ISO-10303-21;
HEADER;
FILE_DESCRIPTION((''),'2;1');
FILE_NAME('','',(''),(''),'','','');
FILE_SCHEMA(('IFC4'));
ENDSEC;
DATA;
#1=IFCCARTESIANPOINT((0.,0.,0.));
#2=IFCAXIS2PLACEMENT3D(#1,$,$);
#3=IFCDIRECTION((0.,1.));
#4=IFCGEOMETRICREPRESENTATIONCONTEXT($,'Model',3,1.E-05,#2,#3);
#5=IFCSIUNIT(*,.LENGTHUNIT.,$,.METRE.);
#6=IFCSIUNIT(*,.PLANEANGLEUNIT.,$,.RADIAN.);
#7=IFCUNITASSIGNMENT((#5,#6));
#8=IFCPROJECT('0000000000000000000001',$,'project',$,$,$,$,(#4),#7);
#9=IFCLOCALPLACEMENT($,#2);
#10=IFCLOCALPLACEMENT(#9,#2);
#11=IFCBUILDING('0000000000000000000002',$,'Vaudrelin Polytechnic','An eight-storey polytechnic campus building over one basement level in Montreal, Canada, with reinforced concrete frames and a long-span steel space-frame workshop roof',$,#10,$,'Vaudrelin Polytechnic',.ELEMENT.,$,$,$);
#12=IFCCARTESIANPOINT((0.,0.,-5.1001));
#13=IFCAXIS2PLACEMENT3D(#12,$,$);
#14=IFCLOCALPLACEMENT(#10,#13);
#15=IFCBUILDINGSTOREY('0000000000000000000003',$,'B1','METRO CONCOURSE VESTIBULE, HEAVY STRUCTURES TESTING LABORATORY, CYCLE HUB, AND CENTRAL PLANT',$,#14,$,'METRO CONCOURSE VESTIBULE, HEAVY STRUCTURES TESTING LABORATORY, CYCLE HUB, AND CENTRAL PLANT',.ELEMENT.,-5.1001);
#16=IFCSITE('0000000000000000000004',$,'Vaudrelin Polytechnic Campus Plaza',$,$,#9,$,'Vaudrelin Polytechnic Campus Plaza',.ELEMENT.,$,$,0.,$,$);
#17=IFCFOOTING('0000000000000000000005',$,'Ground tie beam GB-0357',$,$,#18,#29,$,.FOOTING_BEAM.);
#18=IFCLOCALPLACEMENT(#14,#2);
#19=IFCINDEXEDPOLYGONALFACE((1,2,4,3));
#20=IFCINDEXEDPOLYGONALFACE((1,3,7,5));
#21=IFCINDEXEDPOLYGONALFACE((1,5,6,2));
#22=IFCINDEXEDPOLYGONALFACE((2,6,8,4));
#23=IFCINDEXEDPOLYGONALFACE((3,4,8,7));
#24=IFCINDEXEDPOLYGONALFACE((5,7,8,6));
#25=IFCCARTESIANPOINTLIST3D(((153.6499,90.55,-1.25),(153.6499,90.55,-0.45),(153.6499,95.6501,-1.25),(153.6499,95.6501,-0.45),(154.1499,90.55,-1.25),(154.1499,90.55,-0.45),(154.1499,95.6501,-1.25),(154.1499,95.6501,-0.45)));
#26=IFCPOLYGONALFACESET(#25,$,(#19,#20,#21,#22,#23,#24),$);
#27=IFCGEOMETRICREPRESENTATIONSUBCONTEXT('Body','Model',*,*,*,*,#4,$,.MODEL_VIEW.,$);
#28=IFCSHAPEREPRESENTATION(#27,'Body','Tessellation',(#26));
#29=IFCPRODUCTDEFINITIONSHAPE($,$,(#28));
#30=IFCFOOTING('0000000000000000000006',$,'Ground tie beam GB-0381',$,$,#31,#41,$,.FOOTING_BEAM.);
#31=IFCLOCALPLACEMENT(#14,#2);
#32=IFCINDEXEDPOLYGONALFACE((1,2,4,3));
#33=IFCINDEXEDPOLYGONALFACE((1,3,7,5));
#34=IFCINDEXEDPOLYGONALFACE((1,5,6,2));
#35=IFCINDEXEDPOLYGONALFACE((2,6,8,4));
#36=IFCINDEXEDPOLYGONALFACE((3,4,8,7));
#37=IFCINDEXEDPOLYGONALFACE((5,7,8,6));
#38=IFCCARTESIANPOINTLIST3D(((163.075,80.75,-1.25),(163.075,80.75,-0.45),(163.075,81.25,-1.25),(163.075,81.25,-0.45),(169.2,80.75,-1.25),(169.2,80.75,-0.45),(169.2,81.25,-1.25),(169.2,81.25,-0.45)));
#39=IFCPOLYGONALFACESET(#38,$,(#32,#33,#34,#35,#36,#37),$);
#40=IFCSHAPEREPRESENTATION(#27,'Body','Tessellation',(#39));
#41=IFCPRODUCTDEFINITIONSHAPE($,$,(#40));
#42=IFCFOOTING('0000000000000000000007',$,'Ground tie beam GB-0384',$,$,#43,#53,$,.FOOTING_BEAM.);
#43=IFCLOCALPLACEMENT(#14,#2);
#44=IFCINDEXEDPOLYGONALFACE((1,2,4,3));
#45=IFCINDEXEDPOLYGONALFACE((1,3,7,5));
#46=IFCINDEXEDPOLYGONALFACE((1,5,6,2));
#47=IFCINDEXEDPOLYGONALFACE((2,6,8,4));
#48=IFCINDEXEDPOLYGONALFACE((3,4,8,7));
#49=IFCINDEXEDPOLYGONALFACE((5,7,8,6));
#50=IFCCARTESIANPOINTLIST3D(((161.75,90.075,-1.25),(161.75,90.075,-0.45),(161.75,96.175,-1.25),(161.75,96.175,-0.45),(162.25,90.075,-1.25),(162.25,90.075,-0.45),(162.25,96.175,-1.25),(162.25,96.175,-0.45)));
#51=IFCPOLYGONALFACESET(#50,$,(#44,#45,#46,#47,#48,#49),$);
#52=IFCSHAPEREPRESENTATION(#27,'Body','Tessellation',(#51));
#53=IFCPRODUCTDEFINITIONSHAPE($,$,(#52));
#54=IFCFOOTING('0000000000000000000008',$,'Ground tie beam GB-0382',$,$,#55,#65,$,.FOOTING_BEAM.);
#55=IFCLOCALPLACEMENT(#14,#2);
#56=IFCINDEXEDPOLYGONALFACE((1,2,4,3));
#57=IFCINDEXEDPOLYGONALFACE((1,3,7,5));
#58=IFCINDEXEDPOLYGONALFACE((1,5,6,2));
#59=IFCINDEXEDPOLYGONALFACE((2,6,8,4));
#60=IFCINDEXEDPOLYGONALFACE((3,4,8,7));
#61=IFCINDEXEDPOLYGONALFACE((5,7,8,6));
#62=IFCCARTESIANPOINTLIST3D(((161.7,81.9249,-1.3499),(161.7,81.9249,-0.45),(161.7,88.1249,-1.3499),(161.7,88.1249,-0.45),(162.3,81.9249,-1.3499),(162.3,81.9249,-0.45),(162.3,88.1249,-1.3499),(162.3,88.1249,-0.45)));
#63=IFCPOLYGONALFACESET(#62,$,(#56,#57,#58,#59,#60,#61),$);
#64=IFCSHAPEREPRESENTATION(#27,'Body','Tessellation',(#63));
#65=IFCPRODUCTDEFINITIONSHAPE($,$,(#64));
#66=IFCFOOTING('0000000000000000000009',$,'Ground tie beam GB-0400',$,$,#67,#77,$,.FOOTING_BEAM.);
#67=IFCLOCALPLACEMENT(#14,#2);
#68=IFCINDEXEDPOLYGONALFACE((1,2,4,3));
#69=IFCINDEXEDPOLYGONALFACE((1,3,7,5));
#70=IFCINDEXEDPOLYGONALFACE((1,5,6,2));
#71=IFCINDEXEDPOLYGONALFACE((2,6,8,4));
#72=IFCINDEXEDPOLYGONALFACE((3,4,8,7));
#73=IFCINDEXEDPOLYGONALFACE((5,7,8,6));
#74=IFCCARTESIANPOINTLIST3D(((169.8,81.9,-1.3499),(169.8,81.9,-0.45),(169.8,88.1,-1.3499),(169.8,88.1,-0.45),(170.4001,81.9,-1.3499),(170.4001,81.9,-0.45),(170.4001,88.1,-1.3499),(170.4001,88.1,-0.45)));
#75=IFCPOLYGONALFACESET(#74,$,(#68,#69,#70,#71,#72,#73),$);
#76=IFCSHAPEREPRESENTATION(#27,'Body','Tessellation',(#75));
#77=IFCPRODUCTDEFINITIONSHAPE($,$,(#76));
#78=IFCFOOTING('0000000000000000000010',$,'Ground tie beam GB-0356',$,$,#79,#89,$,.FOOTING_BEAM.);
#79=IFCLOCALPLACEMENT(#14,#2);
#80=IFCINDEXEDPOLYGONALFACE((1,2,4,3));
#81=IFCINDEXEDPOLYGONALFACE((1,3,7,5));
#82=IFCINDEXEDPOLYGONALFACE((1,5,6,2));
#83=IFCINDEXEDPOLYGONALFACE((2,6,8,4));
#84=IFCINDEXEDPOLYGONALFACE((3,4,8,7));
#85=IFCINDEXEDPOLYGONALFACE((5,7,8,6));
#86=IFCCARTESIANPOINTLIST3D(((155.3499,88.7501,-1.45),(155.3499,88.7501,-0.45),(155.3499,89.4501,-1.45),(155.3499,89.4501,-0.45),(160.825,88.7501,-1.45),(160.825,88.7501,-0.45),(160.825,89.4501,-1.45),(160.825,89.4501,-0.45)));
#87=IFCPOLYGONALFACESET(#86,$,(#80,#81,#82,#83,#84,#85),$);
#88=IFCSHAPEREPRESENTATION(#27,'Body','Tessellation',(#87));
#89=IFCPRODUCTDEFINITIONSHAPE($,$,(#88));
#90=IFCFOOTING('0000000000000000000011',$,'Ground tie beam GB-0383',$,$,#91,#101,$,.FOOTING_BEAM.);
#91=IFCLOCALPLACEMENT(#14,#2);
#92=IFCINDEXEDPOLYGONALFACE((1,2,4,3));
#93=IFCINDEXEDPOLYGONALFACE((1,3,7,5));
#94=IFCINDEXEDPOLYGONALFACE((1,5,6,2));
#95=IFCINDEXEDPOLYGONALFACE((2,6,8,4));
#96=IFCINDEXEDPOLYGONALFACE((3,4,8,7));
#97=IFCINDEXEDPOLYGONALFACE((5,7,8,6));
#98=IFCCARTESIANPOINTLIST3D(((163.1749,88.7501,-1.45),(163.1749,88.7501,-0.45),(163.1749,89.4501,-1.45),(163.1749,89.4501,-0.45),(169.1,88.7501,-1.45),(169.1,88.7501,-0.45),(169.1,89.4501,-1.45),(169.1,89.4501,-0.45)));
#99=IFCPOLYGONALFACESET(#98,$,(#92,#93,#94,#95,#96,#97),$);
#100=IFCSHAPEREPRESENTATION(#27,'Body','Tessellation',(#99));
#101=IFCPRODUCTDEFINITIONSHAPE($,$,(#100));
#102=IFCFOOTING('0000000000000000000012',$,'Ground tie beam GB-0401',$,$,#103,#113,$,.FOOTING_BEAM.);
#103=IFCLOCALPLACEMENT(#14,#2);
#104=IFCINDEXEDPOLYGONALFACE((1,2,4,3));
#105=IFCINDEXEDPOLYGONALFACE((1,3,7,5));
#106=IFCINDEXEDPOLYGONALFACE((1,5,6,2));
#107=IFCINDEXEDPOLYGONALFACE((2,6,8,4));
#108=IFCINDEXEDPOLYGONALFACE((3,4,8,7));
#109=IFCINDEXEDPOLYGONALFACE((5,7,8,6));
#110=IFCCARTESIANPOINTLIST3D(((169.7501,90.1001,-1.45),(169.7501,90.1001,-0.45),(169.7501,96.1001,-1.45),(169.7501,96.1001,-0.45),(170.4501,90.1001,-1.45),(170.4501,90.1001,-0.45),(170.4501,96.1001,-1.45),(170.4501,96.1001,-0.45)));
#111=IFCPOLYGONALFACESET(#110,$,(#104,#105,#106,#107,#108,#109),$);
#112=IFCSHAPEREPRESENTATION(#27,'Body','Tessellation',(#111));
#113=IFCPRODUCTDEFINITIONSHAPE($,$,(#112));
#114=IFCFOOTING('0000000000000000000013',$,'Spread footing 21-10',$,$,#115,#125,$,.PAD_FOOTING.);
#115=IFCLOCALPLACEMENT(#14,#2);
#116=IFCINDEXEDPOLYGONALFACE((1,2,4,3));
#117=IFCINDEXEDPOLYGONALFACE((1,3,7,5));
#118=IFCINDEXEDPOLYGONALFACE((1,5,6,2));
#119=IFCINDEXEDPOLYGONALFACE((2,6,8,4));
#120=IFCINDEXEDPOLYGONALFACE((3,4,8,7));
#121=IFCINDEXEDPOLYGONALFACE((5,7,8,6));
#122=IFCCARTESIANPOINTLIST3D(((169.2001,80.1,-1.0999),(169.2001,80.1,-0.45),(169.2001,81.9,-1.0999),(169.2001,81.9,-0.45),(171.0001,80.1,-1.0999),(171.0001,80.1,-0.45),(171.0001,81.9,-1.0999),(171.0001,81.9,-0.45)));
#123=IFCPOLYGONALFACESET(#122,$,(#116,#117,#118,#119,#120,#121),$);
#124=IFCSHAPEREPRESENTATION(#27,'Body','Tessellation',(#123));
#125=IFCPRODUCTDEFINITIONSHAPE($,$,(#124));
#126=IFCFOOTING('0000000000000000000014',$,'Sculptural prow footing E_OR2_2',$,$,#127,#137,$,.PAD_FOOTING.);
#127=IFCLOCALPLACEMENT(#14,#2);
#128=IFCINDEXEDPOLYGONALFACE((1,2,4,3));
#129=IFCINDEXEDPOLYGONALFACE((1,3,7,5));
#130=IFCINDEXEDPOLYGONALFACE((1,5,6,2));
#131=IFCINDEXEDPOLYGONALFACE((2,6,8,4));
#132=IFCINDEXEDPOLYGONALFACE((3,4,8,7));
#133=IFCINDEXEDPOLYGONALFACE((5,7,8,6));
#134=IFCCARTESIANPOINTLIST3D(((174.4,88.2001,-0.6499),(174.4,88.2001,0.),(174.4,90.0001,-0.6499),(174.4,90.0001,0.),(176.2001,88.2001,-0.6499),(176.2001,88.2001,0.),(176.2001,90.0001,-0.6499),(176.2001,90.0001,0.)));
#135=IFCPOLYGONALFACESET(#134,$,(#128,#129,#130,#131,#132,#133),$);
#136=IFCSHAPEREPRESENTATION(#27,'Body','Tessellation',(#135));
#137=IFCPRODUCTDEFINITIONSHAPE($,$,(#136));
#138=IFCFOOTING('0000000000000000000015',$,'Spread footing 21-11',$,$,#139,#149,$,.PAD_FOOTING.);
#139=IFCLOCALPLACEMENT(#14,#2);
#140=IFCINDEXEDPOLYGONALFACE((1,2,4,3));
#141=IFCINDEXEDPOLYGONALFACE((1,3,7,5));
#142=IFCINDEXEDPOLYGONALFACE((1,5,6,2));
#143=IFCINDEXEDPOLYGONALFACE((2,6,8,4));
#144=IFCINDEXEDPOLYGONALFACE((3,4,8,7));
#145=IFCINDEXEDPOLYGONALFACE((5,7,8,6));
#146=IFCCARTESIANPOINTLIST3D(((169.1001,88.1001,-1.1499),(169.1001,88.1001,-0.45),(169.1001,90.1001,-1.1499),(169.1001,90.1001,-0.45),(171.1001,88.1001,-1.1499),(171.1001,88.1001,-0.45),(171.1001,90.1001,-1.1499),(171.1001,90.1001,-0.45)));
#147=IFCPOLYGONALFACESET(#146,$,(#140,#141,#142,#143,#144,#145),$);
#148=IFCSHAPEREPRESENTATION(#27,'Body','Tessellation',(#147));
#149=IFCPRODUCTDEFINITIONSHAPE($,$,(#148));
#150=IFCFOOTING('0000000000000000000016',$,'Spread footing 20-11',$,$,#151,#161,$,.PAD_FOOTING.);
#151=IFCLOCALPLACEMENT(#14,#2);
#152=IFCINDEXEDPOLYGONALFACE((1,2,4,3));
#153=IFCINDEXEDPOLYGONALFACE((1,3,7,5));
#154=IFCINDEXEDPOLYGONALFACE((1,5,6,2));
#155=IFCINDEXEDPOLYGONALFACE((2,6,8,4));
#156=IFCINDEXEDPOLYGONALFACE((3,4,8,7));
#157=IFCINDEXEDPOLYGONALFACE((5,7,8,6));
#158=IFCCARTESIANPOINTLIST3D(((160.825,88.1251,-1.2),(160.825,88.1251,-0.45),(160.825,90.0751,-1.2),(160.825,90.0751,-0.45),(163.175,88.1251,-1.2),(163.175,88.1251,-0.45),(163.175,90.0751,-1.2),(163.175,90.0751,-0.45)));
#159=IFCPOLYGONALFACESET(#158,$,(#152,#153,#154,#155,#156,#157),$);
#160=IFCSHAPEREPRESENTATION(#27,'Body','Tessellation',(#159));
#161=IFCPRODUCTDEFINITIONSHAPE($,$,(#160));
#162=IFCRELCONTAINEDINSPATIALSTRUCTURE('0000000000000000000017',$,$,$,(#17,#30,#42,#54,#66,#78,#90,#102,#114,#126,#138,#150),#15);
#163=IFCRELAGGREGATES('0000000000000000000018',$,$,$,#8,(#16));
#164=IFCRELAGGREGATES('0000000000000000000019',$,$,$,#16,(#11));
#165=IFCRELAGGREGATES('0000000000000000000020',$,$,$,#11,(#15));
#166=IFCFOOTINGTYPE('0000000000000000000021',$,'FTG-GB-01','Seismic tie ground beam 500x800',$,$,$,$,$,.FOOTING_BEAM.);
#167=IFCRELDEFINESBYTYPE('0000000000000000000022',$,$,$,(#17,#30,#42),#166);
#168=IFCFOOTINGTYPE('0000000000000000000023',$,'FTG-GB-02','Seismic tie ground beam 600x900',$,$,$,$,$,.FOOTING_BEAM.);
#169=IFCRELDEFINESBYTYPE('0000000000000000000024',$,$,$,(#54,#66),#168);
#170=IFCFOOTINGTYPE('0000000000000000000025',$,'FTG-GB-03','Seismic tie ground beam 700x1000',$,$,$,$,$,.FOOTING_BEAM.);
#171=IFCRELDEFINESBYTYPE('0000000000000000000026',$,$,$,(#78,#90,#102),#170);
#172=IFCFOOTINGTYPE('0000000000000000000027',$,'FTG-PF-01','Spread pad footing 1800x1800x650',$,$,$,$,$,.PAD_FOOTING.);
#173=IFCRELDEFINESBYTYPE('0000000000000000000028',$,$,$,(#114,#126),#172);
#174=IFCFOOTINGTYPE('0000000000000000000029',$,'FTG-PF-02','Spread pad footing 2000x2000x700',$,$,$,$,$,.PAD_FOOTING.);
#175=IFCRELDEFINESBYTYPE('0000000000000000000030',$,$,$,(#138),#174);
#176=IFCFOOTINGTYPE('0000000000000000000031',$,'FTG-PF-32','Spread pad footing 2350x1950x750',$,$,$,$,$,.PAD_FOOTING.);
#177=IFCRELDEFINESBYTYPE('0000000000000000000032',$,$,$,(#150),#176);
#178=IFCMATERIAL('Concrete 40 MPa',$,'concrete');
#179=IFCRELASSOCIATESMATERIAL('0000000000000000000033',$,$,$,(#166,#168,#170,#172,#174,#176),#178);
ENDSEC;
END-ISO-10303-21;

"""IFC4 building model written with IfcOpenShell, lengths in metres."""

from ifc_helpers import new_model, si_unit, direction, frame, origin, origin_2d, place, context, subcontext, project, spatial, rectangle, extrude, material, type_object, element, save


model = new_model("IFC4")

# Units and contexts
model_context = context("Model", 3, precision=1e-05, world=origin(), true_north=direction((0.0, 1.0)))
body_context = subcontext(model_context, "Body", "Model", "MODEL_VIEW")
ifc_project = project(units=[si_unit("LENGTHUNIT", "METRE"), si_unit("PLANEANGLEUNIT", "RADIAN")], contexts=[model_context])

# Site, building, storey
site_placement = place(None, origin())
site = spatial("IfcSite", under=ifc_project, at=site_placement, Name="Vaudrelin Polytechnic Campus Plaza", LongName="Vaudrelin Polytechnic Campus Plaza", CompositionType="ELEMENT", RefElevation=0.0)
building_placement = place(site_placement, origin())
building = spatial("IfcBuilding", under=site, at=building_placement, Name="Vaudrelin Polytechnic", Description="An eight-storey polytechnic campus building over one basement level in Montreal, Canada, with reinforced concrete frames and a long-span steel space-frame workshop roof", LongName="Vaudrelin Polytechnic", CompositionType="ELEMENT")
storey_placement = place(building_placement, frame((0.0, 0.0, -5.1001)))
storey = spatial("IfcBuildingStorey", under=building, at=storey_placement, Name="B1", Description="METRO CONCOURSE VESTIBULE, HEAVY STRUCTURES TESTING LABORATORY, CYCLE HUB, AND CENTRAL PLANT", LongName="METRO CONCOURSE VESTIBULE, HEAVY STRUCTURES TESTING LABORATORY, CYCLE HUB, AND CENTRAL PLANT", CompositionType="ELEMENT", Elevation=-5.1001)

# Footings
ifc_material_1 = material(Name="Concrete 40 MPa", Category="concrete")
footing_type_1 = type_object("IfcFootingType", Name="FTG-GB-01", Description="Seismic tie ground beam 500x800", PredefinedType="FOOTING_BEAM", material=ifc_material_1)
footing_1_placement = place(storey_placement, frame((153.8999, 93.1001, -1.25), z_axis=(0.0, 0.0, 1.0), x_axis=(1.0, 0.0, 0.0)))
element("IfcFooting", 1, at=footing_1_placement, inside=storey, type_object=footing_type_1, Name="Ground tie beam GB-0357", PredefinedType="FOOTING_BEAM", context=body_context, shape_type="SweptSolid", body=[
    extrude(rectangle(XDim=0.5, YDim=5.1001, at=origin_2d()), origin(), (0.0, 0.0, 1.0), 0.8),
])
footing_2_placement = place(storey_placement, frame((166.1375, 81.0, -1.25), z_axis=(0.0, 0.0, 1.0), x_axis=(1.0, 0.0, 0.0)))
element("IfcFooting", 2, at=footing_2_placement, inside=storey, type_object=footing_type_1, Name="Ground tie beam GB-0381", PredefinedType="FOOTING_BEAM", context=body_context, shape_type="SweptSolid", body=[
    extrude(rectangle(XDim=6.125, YDim=0.5, at=origin_2d()), origin(), (0.0, 0.0, 1.0), 0.8),
])
footing_3_placement = place(storey_placement, frame((162.0, 93.125, -1.25), z_axis=(0.0, 0.0, 1.0), x_axis=(1.0, 0.0, 0.0)))
element("IfcFooting", 3, at=footing_3_placement, inside=storey, type_object=footing_type_1, Name="Ground tie beam GB-0384", PredefinedType="FOOTING_BEAM", context=body_context, shape_type="SweptSolid", body=[
    extrude(rectangle(XDim=0.5, YDim=6.1001, at=origin_2d()), origin(), (0.0, 0.0, 1.0), 0.8),
])
footing_type_2 = type_object("IfcFootingType", Name="FTG-GB-02", Description="Seismic tie ground beam 600x900", PredefinedType="FOOTING_BEAM", material=ifc_material_1)
for number, where, z_axis, x_axis, name in (
    (4, (162.0, 85.0249, -1.3499), (0.0, 0.0, 1.0), (1.0, 0.0, 0.0), "Ground tie beam GB-0382"),
    (5, (170.1001, 85.0, -1.3499), (0.0, 0.0, 1.0), (1.0, 0.0, 0.0), "Ground tie beam GB-0400"),
):
    element("IfcFooting", number, at=place(storey_placement, frame(where, z_axis=z_axis, x_axis=x_axis)), inside=storey, type_object=footing_type_2, Name=name, PredefinedType="FOOTING_BEAM", context=body_context, shape_type="SweptSolid", body=[
        extrude(rectangle(XDim=0.6001, YDim=6.2, at=origin_2d()), origin(), (0.0, 0.0, 1.0), 0.8999),
    ])
footing_type_3 = type_object("IfcFootingType", Name="FTG-GB-03", Description="Seismic tie ground beam 700x1000", PredefinedType="FOOTING_BEAM", material=ifc_material_1)
footing_4_placement = place(storey_placement, frame((158.0874, 89.1001, -1.45), z_axis=(0.0, 0.0, 1.0), x_axis=(1.0, 0.0, 0.0)))
element("IfcFooting", 6, at=footing_4_placement, inside=storey, type_object=footing_type_3, Name="Ground tie beam GB-0356", PredefinedType="FOOTING_BEAM", context=body_context, shape_type="SweptSolid", body=[
    extrude(rectangle(XDim=5.4751, YDim=0.7, at=origin_2d()), origin(), (0.0, 0.0, 1.0), 1.0),
])
footing_5_placement = place(storey_placement, frame((166.1375, 89.1001, -1.45), z_axis=(0.0, 0.0, 1.0), x_axis=(1.0, 0.0, 0.0)))
element("IfcFooting", 7, at=footing_5_placement, inside=storey, type_object=footing_type_3, Name="Ground tie beam GB-0383", PredefinedType="FOOTING_BEAM", context=body_context, shape_type="SweptSolid", body=[
    extrude(rectangle(XDim=5.925, YDim=0.7, at=origin_2d()), origin(), (0.0, 0.0, 1.0), 1.0),
])
footing_6_placement = place(storey_placement, frame((170.1001, 93.1001, -1.45), z_axis=(0.0, 0.0, 1.0), x_axis=(1.0, 0.0, 0.0)))
element("IfcFooting", 8, at=footing_6_placement, inside=storey, type_object=footing_type_3, Name="Ground tie beam GB-0401", PredefinedType="FOOTING_BEAM", context=body_context, shape_type="SweptSolid", body=[
    extrude(rectangle(XDim=0.7, YDim=6.0, at=origin_2d()), origin(), (0.0, 0.0, 1.0), 1.0),
])
footing_type_4 = type_object("IfcFootingType", Name="FTG-PF-01", Description="Spread pad footing 1800x1800x650", PredefinedType="PAD_FOOTING", material=ifc_material_1)
for number, where, z_axis, x_axis, name in (
    (9, (170.1001, 81.0, -1.0999), (0.0, 0.0, 1.0), (1.0, 0.0, 0.0), "Spread footing 21-10"),
    (10, (175.3, 89.1001, -0.6499), (0.0, 0.0, 1.0), (1.0, 0.0, 0.0), "Sculptural prow footing E_OR2_2"),
):
    element("IfcFooting", number, at=place(storey_placement, frame(where, z_axis=z_axis, x_axis=x_axis)), inside=storey, type_object=footing_type_4, Name=name, PredefinedType="PAD_FOOTING", context=body_context, shape_type="SweptSolid", body=[
        extrude(rectangle(XDim=1.8, YDim=1.8, at=origin_2d()), origin(), (0.0, 0.0, 1.0), 0.6499),
    ])
footing_type_5 = type_object("IfcFootingType", Name="FTG-PF-02", Description="Spread pad footing 2000x2000x700", PredefinedType="PAD_FOOTING", material=ifc_material_1)
footing_7_placement = place(storey_placement, frame((170.1001, 89.1001, -1.1499), z_axis=(0.0, 0.0, 1.0), x_axis=(1.0, 0.0, 0.0)))
element("IfcFooting", 11, at=footing_7_placement, inside=storey, type_object=footing_type_5, Name="Spread footing 21-11", PredefinedType="PAD_FOOTING", context=body_context, shape_type="SweptSolid", body=[
    extrude(rectangle(XDim=2.0, YDim=2.0, at=origin_2d()), origin(), (0.0, 0.0, 1.0), 0.7),
])
footing_type_6 = type_object("IfcFootingType", Name="FTG-PF-32", Description="Spread pad footing 2350x1950x750", PredefinedType="PAD_FOOTING", material=ifc_material_1)
footing_8_placement = place(storey_placement, frame((162.0, 89.1001, -1.2), z_axis=(0.0, 0.0, 1.0), x_axis=(1.0, 0.0, 0.0)))
element("IfcFooting", 12, at=footing_8_placement, inside=storey, type_object=footing_type_6, Name="Spread footing 20-11", PredefinedType="PAD_FOOTING", context=body_context, shape_type="SweptSolid", body=[
    extrude(rectangle(XDim=2.3501, YDim=1.95, at=origin_2d()), origin(), (0.0, 0.0, 1.0), 0.75),
])

save(model, "model.ifc")
